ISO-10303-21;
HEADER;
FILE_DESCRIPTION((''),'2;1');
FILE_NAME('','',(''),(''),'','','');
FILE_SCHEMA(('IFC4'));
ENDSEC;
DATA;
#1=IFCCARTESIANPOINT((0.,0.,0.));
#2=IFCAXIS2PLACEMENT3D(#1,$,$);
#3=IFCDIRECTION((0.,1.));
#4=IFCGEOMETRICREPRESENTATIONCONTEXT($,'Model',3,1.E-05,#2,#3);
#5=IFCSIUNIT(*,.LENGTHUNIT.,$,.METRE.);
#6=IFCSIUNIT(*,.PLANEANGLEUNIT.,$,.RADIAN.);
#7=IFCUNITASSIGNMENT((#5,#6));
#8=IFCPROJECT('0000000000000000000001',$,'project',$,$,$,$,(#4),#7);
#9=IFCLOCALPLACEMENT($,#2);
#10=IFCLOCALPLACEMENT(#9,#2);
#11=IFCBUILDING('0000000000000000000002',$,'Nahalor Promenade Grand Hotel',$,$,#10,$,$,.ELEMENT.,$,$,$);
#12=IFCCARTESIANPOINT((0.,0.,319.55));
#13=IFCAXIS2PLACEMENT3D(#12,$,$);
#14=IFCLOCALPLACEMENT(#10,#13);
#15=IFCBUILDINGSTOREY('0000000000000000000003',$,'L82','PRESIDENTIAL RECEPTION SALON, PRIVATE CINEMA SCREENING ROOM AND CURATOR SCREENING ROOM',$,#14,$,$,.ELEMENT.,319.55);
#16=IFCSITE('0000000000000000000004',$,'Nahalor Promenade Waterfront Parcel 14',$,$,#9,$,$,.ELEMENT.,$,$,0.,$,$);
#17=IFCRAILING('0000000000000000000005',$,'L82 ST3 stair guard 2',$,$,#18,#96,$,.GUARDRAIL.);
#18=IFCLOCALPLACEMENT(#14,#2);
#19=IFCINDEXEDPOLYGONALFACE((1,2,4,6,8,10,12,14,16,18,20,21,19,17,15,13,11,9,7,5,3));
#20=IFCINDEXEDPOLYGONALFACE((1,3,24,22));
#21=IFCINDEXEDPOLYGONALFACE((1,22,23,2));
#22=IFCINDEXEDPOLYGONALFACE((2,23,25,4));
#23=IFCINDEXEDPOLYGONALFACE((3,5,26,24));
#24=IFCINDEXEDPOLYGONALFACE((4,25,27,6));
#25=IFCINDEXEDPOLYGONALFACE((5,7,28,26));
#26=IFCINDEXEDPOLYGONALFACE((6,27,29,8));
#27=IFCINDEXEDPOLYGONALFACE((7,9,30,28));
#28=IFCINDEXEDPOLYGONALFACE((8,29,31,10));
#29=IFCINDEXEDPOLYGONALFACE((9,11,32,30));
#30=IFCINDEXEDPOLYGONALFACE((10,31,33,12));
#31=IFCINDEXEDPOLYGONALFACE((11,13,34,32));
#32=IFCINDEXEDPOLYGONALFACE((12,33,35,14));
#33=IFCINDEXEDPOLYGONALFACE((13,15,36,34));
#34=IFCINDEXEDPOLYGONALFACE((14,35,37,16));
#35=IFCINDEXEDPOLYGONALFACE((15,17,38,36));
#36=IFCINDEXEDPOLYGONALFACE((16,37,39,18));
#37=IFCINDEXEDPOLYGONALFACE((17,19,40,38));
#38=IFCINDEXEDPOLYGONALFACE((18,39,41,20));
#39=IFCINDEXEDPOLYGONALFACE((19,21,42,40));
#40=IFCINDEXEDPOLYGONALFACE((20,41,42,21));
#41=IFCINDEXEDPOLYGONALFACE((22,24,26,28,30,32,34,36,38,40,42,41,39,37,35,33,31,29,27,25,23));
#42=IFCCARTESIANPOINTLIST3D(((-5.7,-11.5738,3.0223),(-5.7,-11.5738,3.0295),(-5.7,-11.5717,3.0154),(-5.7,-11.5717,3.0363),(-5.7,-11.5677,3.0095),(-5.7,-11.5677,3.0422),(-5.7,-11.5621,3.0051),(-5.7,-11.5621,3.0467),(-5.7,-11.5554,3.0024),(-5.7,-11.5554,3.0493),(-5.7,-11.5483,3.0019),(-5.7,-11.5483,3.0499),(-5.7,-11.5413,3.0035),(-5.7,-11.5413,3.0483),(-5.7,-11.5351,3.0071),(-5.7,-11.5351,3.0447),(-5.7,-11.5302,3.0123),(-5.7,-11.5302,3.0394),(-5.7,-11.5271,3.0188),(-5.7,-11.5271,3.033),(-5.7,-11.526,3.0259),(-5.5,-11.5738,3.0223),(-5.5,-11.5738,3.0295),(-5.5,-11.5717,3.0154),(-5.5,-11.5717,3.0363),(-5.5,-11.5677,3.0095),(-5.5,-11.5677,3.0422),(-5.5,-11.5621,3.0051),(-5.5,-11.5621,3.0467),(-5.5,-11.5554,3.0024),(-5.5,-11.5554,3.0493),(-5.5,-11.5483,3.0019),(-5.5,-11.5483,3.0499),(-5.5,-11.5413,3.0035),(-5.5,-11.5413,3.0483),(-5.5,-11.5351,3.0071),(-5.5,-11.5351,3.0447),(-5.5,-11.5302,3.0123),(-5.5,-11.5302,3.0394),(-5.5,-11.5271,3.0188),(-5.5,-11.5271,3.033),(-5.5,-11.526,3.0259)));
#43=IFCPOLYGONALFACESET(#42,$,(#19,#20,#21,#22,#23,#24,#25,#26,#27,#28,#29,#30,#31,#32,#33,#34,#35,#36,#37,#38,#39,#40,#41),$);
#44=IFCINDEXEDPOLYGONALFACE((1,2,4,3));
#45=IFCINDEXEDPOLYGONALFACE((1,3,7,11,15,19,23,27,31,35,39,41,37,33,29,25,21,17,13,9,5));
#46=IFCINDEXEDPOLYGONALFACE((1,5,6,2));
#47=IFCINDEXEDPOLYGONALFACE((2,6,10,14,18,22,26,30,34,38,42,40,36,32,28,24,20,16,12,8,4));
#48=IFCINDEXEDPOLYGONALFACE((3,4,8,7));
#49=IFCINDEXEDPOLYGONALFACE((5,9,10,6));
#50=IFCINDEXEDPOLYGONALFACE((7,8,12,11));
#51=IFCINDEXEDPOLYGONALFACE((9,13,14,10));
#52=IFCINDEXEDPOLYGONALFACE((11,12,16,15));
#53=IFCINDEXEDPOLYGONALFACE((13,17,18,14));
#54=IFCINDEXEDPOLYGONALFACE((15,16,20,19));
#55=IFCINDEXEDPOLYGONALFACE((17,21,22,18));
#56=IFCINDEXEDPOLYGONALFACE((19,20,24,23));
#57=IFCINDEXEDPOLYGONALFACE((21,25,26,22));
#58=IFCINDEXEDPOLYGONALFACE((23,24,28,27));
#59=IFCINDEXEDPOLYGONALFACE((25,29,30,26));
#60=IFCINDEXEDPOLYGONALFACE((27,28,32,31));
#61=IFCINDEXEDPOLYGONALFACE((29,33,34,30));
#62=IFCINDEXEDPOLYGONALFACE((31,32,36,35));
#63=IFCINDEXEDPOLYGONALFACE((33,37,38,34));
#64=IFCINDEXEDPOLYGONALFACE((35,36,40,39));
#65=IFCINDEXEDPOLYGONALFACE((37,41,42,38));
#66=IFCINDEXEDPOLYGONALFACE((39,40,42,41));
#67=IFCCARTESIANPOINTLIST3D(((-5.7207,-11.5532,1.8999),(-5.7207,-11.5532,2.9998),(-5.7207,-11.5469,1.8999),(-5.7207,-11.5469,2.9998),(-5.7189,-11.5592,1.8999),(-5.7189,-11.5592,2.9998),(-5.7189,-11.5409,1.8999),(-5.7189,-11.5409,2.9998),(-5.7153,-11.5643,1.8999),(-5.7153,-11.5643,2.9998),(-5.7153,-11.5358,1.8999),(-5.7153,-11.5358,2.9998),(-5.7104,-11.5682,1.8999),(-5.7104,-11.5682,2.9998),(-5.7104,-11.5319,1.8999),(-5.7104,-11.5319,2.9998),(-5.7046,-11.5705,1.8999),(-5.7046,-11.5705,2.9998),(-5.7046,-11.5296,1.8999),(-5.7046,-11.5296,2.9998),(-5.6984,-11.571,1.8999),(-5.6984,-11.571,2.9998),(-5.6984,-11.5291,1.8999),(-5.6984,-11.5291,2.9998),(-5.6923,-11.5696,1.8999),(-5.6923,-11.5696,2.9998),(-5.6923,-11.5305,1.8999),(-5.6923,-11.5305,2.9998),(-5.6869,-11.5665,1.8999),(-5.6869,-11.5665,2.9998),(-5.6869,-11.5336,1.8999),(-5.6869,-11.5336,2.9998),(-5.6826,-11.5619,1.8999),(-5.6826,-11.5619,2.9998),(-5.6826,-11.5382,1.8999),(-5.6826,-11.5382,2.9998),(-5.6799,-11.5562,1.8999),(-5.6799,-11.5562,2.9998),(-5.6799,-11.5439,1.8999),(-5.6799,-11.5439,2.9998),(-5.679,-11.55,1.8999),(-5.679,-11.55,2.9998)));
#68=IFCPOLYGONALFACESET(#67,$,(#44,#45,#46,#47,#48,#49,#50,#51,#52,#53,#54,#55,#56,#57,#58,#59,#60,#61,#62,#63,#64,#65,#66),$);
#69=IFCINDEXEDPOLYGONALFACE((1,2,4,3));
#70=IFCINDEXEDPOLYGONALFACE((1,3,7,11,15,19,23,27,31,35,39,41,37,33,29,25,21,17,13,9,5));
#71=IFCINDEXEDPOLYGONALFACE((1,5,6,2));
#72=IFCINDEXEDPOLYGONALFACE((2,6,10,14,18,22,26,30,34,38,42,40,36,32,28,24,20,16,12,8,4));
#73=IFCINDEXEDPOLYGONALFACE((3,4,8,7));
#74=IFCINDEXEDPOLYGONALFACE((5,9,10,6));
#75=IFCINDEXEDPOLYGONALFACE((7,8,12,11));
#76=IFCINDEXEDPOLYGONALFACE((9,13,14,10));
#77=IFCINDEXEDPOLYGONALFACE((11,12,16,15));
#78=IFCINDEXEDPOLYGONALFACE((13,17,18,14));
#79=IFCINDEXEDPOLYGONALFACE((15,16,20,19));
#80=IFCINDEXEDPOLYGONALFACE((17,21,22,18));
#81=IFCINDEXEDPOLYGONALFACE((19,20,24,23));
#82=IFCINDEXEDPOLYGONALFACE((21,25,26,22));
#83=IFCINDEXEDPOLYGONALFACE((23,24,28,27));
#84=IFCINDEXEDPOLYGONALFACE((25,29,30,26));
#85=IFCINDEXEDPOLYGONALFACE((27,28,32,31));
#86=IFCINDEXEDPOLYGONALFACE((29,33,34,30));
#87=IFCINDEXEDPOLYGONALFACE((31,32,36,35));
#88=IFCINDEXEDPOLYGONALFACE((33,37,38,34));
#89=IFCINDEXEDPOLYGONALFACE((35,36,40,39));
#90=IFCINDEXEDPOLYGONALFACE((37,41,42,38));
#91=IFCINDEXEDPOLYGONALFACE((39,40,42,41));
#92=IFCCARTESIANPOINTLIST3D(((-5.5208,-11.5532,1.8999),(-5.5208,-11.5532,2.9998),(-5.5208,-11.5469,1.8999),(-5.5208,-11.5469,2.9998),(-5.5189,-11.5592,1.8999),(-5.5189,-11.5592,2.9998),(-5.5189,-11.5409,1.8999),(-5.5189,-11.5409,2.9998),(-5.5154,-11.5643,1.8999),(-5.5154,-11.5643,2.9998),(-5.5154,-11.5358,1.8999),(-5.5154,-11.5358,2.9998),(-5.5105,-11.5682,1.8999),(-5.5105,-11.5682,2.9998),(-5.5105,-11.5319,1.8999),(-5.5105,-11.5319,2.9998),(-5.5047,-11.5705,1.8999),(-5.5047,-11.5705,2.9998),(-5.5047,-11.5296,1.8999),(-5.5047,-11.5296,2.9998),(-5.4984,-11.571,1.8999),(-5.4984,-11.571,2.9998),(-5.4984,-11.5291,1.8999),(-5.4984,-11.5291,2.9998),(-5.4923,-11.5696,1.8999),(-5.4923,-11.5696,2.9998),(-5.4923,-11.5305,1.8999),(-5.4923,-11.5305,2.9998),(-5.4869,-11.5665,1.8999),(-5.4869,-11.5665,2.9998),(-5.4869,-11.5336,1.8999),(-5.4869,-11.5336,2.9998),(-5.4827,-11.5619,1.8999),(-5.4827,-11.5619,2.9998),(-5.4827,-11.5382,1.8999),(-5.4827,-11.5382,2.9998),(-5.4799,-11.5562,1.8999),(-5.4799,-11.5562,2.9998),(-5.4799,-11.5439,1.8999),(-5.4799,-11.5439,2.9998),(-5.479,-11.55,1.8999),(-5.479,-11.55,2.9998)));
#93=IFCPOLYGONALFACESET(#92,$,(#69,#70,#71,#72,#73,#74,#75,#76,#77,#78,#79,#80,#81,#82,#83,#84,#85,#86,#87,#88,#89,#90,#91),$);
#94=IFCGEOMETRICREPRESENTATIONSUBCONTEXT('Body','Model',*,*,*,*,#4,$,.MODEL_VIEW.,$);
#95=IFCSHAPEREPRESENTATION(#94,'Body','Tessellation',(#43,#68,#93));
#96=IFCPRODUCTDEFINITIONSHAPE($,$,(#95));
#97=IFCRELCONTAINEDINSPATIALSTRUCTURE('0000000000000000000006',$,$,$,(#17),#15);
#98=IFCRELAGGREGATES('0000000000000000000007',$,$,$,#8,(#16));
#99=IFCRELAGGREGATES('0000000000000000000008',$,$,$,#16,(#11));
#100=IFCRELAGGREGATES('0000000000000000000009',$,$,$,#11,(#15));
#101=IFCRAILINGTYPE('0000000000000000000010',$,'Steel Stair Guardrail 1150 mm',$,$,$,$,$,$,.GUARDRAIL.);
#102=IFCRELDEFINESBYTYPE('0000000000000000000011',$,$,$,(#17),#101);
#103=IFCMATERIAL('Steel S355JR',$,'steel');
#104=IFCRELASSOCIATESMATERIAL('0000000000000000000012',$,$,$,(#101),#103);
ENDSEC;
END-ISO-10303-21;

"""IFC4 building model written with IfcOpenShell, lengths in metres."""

from ifc_helpers import new_model, si_unit, direction, frame, origin, origin_2d, place, context, subcontext, project, spatial, circle, extrude, material, type_object, element, save


model = new_model("IFC4")

# Units and contexts
model_context = context("Model", 3, precision=1e-05, world=origin(), true_north=direction((0.0, 1.0)))
body_context = subcontext(model_context, "Body", "Model", "MODEL_VIEW")
ifc_project = project(units=[si_unit("LENGTHUNIT", "METRE"), si_unit("PLANEANGLEUNIT", "RADIAN")], contexts=[model_context])

# Site, building, storey
site_placement = place(None, origin())
site = spatial("IfcSite", under=ifc_project, at=site_placement, Name="Nahalor Promenade Waterfront Parcel 14", CompositionType="ELEMENT", RefElevation=0.0)
building_placement = place(site_placement, origin())
building = spatial("IfcBuilding", under=site, at=building_placement, Name="Nahalor Promenade Grand Hotel", CompositionType="ELEMENT")
storey_placement = place(building_placement, frame((0.0, 0.0, 319.55)))
storey = spatial("IfcBuildingStorey", under=building, at=storey_placement, Name="L82", Description="PRESIDENTIAL RECEPTION SALON, PRIVATE CINEMA SCREENING ROOM AND CURATOR SCREENING ROOM", CompositionType="ELEMENT", Elevation=319.55)

# Shared definitions
ifc_material_1 = material(Name="Steel S355JR", Category="steel")

# Railing
railing_type_1 = type_object("IfcRailingType", Name="Steel Stair Guardrail 1150 mm", PredefinedType="GUARDRAIL", material=ifc_material_1)
railing_1_placement = place(storey_placement, frame((-5.7, -11.55, 1.8999)))
element("IfcRailing", 1, at=railing_1_placement, inside=storey, type_object=railing_type_1, Name="L82 ST3 stair guard 2", PredefinedType="GUARDRAIL", context=body_context, shape_type="SweptSolid", body=[
    extrude(circle(Radius=0.024, at=origin_2d()), frame((0.0, 0.0, 1.126), z_axis=(1.0, 0.0, 0.0), x_axis=(0.0, 1.0, 0.0)), (0.0, 0.0, 1.0), 0.2),
    extrude(circle(Radius=0.021, at=origin_2d()), origin(), (0.0, 0.0, 1.0), 1.0999),
    extrude(circle(Radius=0.021, at=origin_2d()), frame((0.2, 0.0, 0.0)), (0.0, 0.0, 1.0), 1.0999),
])

save(model, "model.ifc")
